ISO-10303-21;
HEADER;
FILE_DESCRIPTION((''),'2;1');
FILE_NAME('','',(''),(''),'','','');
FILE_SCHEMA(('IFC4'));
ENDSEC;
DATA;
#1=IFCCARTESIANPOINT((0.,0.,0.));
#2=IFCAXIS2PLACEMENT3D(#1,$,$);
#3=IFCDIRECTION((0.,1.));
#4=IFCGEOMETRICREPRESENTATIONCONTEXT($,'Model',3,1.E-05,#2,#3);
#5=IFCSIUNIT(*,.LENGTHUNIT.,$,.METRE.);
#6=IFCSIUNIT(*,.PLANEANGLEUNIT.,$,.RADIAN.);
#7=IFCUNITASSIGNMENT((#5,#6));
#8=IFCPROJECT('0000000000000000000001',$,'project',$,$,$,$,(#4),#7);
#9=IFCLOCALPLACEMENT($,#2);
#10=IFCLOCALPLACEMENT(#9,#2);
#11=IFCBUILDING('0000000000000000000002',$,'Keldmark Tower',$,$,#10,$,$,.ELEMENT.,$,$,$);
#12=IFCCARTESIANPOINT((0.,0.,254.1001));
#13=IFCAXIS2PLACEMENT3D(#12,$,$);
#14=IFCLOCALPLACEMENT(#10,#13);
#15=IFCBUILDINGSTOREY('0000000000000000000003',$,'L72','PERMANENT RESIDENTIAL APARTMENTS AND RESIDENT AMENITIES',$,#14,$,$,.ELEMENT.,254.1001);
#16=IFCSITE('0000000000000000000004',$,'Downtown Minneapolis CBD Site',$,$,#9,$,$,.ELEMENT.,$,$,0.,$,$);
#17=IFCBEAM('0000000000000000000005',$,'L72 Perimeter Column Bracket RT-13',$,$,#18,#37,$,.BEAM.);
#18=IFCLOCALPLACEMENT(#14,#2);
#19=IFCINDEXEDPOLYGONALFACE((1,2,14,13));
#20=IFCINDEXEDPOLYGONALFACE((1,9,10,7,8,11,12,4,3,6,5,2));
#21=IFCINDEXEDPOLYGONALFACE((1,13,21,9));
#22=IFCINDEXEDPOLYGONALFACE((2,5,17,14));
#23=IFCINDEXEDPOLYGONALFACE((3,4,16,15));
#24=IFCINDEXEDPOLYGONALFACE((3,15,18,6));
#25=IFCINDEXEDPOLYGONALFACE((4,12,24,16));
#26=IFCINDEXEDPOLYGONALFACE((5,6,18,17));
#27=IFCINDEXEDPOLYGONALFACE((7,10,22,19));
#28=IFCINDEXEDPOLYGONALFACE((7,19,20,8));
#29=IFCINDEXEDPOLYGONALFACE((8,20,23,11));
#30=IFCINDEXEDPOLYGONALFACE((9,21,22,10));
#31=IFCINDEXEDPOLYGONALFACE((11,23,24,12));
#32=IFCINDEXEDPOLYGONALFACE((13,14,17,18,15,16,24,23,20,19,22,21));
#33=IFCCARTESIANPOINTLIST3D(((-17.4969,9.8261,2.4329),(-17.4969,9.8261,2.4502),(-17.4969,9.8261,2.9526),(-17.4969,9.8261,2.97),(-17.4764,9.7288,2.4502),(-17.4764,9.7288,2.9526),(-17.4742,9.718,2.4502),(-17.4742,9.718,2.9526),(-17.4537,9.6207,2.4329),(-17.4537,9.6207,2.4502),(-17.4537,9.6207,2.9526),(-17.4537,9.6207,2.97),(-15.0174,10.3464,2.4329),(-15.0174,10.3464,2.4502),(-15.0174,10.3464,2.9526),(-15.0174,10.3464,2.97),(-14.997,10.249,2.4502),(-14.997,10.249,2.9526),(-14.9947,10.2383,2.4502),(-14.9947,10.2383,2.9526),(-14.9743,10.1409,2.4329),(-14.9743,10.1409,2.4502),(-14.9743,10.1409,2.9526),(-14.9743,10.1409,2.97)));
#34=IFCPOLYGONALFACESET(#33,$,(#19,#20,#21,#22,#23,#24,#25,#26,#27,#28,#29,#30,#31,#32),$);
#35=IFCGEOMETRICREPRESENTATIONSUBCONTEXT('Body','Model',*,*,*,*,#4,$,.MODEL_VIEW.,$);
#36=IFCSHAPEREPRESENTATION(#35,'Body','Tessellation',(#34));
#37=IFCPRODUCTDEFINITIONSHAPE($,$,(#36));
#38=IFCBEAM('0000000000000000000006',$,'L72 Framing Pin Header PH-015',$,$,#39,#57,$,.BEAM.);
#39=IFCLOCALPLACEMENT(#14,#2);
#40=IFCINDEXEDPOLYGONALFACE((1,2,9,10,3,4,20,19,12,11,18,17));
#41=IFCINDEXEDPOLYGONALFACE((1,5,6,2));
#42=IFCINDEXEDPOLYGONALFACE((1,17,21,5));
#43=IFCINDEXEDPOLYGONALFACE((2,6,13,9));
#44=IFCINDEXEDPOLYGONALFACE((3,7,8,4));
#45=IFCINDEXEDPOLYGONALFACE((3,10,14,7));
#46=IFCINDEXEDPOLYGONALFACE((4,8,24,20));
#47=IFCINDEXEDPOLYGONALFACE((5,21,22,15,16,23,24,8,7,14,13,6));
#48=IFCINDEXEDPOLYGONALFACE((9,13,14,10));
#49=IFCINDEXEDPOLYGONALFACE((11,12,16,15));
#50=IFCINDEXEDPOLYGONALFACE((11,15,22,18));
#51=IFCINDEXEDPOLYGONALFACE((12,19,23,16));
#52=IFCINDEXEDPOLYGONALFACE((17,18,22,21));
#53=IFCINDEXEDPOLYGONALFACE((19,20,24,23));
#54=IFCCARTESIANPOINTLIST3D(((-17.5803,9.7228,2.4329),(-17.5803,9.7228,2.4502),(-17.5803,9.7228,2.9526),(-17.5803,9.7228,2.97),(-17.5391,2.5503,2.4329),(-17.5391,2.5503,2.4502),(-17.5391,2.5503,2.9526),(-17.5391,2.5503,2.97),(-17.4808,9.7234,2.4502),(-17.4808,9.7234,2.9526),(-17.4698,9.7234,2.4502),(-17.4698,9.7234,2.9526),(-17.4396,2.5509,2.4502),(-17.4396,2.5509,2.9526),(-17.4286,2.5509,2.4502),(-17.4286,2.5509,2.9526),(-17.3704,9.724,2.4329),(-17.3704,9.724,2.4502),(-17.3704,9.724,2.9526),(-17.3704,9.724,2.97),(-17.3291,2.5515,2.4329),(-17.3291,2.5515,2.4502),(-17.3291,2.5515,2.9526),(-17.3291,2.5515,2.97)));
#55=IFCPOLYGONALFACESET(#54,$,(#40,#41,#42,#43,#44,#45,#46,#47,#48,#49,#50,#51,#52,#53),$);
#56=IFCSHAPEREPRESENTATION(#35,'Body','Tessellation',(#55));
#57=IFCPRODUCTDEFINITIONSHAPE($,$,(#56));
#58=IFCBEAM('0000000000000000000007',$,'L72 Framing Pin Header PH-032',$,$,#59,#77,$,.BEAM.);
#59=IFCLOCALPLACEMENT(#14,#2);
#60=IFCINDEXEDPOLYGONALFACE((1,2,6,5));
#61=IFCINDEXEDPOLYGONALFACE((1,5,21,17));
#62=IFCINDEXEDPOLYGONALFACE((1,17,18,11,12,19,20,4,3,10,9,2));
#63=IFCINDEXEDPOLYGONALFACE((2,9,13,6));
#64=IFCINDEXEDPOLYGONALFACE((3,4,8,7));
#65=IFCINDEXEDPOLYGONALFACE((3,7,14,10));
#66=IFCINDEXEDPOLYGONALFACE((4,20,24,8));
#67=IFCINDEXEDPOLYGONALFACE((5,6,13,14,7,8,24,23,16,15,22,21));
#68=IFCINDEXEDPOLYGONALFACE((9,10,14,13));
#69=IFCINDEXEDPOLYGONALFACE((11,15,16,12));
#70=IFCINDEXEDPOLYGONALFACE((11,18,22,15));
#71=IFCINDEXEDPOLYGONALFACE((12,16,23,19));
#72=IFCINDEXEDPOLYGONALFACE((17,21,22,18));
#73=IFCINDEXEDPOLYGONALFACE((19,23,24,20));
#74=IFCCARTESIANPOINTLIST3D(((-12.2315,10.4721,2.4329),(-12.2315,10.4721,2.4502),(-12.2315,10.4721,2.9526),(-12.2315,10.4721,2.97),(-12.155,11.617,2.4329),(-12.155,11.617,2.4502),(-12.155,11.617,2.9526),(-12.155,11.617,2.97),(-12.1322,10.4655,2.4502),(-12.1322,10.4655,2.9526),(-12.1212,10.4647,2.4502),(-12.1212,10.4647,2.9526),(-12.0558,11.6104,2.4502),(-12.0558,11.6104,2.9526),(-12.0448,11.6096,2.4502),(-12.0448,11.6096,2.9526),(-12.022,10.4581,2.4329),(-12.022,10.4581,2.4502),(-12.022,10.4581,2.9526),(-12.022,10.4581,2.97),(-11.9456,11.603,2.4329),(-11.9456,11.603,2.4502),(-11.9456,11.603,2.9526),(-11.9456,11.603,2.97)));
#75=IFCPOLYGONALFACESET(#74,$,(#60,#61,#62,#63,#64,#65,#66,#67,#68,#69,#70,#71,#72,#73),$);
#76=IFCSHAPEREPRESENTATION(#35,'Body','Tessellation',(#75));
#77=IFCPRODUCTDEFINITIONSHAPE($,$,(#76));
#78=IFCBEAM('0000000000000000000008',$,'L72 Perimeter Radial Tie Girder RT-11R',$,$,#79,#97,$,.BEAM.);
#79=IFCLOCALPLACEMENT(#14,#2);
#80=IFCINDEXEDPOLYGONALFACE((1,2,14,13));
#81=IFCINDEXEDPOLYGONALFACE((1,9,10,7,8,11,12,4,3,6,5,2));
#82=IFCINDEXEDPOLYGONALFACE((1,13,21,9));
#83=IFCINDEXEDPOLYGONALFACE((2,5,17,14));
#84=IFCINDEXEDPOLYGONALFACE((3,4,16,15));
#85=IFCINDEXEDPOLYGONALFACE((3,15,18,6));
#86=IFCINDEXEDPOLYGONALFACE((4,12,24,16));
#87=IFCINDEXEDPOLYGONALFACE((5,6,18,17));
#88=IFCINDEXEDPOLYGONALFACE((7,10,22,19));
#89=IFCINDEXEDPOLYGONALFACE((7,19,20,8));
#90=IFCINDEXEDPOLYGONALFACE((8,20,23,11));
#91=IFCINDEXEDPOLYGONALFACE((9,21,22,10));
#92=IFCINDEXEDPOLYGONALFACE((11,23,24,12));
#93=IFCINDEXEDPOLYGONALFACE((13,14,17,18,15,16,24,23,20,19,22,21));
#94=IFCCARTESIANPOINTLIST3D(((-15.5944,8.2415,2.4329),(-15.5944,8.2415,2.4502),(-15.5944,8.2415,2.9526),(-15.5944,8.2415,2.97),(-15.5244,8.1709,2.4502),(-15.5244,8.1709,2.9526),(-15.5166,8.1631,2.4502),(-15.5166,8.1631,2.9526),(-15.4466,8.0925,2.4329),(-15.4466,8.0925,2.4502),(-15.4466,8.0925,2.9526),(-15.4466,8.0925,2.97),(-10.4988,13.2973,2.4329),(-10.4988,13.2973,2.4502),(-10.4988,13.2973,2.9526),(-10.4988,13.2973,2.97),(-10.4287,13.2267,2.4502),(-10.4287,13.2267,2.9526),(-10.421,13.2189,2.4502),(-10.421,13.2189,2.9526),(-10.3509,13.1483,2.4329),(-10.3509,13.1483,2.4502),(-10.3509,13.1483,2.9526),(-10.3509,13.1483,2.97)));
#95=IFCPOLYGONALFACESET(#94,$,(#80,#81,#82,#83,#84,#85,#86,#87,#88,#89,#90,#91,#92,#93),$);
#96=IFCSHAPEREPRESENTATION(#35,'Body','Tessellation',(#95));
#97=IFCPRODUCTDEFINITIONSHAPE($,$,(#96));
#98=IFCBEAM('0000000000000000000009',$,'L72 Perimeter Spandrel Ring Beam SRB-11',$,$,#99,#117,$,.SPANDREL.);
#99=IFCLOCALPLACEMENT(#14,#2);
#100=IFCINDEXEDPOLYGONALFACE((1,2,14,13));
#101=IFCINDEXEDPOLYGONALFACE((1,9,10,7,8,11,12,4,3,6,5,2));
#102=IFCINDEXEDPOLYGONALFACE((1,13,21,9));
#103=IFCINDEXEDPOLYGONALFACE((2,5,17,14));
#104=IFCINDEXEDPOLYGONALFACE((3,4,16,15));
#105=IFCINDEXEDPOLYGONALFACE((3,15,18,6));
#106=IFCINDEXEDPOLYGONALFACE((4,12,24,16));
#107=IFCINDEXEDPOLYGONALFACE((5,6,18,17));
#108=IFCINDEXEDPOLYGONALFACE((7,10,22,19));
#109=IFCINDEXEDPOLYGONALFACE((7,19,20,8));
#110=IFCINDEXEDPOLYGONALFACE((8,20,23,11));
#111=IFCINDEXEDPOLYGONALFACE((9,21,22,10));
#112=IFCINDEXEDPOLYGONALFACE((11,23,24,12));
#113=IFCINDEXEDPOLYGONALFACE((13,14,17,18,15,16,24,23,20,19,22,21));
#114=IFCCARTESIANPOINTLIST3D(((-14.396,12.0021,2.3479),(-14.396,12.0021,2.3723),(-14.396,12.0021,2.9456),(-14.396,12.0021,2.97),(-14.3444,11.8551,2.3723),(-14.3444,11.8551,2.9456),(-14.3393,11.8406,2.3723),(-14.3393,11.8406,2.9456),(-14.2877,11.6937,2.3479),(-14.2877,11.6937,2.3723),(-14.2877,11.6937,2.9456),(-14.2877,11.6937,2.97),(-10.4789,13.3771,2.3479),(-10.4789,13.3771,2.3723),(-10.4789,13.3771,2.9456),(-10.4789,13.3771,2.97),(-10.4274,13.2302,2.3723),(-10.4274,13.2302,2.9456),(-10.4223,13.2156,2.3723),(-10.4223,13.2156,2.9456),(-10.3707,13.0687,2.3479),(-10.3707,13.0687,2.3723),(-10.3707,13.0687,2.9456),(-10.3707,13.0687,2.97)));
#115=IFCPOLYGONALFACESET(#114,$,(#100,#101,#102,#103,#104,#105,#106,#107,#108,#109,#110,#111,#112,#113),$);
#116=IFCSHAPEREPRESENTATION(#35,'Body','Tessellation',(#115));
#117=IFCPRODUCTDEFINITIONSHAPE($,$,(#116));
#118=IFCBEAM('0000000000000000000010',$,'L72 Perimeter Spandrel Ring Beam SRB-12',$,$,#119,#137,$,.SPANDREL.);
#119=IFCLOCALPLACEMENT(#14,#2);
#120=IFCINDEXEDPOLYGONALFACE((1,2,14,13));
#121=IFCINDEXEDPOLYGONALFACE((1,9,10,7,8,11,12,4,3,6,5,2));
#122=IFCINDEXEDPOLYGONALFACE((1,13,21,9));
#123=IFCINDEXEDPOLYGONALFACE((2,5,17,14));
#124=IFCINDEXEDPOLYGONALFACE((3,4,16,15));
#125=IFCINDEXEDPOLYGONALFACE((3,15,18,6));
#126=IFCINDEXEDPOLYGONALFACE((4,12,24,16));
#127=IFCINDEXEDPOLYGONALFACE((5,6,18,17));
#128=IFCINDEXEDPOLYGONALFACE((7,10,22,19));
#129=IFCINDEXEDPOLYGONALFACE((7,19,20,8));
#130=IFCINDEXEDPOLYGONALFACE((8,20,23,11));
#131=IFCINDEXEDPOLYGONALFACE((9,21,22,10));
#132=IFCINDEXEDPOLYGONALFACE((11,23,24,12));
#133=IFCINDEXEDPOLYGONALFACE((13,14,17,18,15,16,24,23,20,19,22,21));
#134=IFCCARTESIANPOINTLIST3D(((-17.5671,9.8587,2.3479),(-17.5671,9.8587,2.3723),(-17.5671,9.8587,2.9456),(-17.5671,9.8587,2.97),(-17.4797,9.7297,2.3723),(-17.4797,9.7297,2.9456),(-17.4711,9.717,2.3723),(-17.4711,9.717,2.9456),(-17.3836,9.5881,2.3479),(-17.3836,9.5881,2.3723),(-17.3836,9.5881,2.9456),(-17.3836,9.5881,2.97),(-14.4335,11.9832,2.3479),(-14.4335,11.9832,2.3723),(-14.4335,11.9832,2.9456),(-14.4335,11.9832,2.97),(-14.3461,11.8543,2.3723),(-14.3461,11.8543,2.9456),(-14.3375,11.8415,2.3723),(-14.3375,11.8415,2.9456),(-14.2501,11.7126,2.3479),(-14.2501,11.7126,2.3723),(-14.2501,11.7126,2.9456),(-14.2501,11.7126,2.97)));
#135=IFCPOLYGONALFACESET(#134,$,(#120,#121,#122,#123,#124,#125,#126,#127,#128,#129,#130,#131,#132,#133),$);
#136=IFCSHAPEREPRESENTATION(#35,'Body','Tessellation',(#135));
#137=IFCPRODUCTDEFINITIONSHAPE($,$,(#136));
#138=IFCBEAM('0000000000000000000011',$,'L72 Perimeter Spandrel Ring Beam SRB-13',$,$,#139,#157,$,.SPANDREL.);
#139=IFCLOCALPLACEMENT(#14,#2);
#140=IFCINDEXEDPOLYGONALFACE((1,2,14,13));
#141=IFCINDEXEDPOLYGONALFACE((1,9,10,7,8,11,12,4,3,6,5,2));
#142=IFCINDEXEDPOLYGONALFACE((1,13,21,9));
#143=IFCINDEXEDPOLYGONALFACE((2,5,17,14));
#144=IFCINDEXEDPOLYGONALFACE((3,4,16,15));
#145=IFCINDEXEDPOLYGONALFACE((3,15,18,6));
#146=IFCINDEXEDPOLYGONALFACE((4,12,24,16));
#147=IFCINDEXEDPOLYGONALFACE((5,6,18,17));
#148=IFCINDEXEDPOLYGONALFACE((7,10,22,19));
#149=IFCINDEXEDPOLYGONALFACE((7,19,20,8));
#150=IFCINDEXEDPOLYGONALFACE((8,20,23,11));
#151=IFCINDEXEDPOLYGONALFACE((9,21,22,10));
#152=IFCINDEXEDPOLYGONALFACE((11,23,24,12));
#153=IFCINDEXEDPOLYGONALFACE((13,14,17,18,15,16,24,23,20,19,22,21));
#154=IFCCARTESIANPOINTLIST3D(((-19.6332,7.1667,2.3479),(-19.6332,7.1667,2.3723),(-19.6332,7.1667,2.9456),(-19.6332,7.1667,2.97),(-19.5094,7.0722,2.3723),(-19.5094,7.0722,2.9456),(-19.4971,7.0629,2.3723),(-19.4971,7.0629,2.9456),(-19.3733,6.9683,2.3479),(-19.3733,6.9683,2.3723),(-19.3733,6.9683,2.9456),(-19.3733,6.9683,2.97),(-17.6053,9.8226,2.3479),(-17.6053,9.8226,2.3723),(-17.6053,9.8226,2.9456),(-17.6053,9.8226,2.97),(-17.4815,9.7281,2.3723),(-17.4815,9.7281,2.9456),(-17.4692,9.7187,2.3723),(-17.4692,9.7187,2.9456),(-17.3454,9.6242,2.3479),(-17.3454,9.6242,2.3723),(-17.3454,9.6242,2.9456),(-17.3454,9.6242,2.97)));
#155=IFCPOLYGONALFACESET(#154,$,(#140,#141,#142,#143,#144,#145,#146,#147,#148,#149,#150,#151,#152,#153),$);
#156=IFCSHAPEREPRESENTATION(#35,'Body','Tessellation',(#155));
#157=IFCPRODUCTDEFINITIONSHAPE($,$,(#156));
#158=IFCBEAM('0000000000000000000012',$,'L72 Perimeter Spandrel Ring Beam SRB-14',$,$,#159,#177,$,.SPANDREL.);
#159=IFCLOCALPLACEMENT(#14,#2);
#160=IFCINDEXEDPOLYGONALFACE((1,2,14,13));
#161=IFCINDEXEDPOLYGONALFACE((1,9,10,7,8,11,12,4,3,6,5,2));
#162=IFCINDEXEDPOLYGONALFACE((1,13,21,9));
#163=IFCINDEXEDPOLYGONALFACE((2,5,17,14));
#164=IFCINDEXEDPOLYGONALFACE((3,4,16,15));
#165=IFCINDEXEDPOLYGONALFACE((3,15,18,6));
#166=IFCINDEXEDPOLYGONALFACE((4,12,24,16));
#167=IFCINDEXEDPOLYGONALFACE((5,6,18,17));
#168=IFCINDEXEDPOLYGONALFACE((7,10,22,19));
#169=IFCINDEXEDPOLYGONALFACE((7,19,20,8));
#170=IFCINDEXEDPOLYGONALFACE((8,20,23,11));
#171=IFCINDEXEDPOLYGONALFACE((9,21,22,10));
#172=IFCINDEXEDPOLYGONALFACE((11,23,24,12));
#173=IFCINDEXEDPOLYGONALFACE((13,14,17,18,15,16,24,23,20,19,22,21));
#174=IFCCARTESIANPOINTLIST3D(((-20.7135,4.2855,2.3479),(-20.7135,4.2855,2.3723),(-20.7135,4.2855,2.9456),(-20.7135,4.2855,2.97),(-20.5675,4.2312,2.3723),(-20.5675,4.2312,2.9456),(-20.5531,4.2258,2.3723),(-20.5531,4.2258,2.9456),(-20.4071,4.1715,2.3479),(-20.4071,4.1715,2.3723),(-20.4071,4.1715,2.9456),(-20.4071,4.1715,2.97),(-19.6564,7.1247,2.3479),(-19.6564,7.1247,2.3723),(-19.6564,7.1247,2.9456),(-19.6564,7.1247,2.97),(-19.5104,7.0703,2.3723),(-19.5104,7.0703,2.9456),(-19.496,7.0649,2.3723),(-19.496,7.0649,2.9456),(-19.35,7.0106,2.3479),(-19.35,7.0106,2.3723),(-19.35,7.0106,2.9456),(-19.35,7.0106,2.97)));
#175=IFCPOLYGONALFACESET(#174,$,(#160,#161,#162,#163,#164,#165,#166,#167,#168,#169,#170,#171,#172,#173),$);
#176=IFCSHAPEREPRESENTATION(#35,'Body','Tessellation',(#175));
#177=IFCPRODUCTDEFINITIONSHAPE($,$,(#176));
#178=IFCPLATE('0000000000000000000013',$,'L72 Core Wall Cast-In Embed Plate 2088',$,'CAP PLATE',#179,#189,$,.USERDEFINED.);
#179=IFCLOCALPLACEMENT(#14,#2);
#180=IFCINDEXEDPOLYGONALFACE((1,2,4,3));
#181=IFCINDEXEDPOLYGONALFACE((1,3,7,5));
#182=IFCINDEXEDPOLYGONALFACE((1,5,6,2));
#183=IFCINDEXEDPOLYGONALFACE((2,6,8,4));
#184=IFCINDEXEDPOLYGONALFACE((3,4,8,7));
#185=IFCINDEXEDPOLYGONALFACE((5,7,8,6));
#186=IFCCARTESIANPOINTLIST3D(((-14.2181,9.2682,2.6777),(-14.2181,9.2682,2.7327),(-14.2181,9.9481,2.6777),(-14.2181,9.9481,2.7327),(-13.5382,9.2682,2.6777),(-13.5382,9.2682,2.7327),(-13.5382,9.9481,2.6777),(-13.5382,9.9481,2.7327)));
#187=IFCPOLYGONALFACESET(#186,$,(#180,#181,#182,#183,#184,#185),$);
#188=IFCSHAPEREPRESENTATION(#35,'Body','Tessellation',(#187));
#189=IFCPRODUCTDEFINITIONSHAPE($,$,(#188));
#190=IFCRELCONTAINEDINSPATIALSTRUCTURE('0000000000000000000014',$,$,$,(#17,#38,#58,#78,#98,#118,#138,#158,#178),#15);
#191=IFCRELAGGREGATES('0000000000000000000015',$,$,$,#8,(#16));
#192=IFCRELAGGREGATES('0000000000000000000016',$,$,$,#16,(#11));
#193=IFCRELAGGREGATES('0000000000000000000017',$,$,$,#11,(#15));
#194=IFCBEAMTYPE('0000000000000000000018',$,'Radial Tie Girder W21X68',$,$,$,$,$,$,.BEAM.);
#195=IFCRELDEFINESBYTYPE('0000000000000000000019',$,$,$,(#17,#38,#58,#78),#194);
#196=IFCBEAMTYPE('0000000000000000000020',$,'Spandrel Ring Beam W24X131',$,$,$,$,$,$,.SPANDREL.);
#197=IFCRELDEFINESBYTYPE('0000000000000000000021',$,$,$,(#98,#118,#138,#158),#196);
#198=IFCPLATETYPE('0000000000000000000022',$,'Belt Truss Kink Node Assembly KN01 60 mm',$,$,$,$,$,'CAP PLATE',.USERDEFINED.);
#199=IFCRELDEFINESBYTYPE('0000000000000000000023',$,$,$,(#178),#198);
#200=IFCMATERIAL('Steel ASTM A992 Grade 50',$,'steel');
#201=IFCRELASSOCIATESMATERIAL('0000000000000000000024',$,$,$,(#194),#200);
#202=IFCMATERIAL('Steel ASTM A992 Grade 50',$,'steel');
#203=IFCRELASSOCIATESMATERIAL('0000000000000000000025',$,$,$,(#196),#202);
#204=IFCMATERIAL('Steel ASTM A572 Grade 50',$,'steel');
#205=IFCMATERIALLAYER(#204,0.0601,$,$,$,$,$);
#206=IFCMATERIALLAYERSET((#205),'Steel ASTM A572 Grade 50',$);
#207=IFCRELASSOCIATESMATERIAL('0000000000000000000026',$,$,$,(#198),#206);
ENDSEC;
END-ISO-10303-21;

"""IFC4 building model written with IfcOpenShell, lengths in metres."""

from ifc_helpers import new_model, si_unit, direction, frame, origin, origin_2d, place, context, subcontext, project, spatial, rectangle, i_section, extrude, material, layer, layer_set, material_profile, profile_set, type_object, element, save


model = new_model("IFC4")

# Units and contexts
model_context = context("Model", 3, precision=1e-05, world=origin(), true_north=direction((0.0, 1.0)))
body_context = subcontext(model_context, "Body", "Model", "MODEL_VIEW")
ifc_project = project(units=[si_unit("LENGTHUNIT", "METRE"), si_unit("PLANEANGLEUNIT", "RADIAN")], contexts=[model_context])

# Site, building, storey
site_placement = place(None, origin())
site = spatial("IfcSite", under=ifc_project, at=site_placement, Name="Downtown Minneapolis CBD Site", CompositionType="ELEMENT", RefElevation=0.0)
building_placement = place(site_placement, origin())
building = spatial("IfcBuilding", under=site, at=building_placement, Name="Keldmark Tower", CompositionType="ELEMENT")
storey_placement = place(building_placement, frame((0.0, 0.0, 254.1001)))
storey = spatial("IfcBuildingStorey", under=building, at=storey_placement, Name="L72", Description="PERMANENT RESIDENTIAL APARTMENTS AND RESIDENT AMENITIES", CompositionType="ELEMENT", Elevation=254.1001)

# Beams
ifc_material_1 = material(Name="Steel ASTM A992 Grade 50", Category="steel")
ifc_material_profile_1 = material_profile(ifc_material_1, i_section(OverallWidth=0.21, OverallDepth=0.5371, WebThickness=0.011, FlangeThickness=0.0173, at=origin_2d()), Name="W21X68")
ifc_profile_set_1 = profile_set([ifc_material_profile_1], Name="Steel ASTM A992 Grade 50")
beam_type_1 = type_object("IfcBeamType", Name="Radial Tie Girder W21X68", PredefinedType="BEAM", material=ifc_profile_set_1)
beam_1_placement = place(storey_placement, frame((-14.9958, 10.2437, 2.7014), z_axis=(-0.978688, -0.205355, 0.0), x_axis=(0.205355, -0.978688, 0.0)))
element("IfcBeam", 1, at=beam_1_placement, inside=storey, type_object=beam_type_1, Name="L72 Perimeter Column Bracket RT-13", PredefinedType="BEAM", context=body_context, shape_type="SweptSolid", body=[
    extrude(i_section(OverallWidth=0.21, OverallDepth=0.5371, WebThickness=0.011, FlangeThickness=0.0173, at=origin_2d()), origin(), (0.0, 0.0, 1.0), 2.5334),
])
beam_2_placement = place(storey_placement, frame((-17.4753, 9.7234, 2.7014), z_axis=(0.005752, -0.999983, 0.0), x_axis=(0.999983, 0.005752, 0.0)))
element("IfcBeam", 2, at=beam_2_placement, inside=storey, type_object=beam_type_1, Name="L72 Framing Pin Header PH-015", PredefinedType="BEAM", context=body_context, shape_type="SweptSolid", body=[
    extrude(i_section(OverallWidth=0.21, OverallDepth=0.5371, WebThickness=0.011, FlangeThickness=0.0173, at=origin_2d()), origin(), (0.0, 0.0, 1.0), 7.1726),
])
beam_3_placement = place(storey_placement, frame((-12.1267, 10.4651, 2.7014), z_axis=(0.06659, 0.99778, 0.0), x_axis=(-0.99778, 0.06659, 0.0)))
element("IfcBeam", 3, at=beam_3_placement, inside=storey, type_object=beam_type_1, Name="L72 Framing Pin Header PH-032", PredefinedType="BEAM", context=body_context, shape_type="SweptSolid", body=[
    extrude(i_section(OverallWidth=0.21, OverallDepth=0.5371, WebThickness=0.011, FlangeThickness=0.0173, at=origin_2d()), origin(), (0.0, 0.0, 1.0), 1.1475),
])
beam_4_placement = place(storey_placement, frame((-15.5205, 8.167, 2.7014), z_axis=(0.709873, 0.704329, 0.0), x_axis=(-0.704329, 0.709873, 0.0)))
element("IfcBeam", 4, at=beam_4_placement, inside=storey, type_object=beam_type_1, Name="L72 Perimeter Radial Tie Girder RT-11R", PredefinedType="BEAM", context=body_context, shape_type="SweptSolid", body=[
    extrude(i_section(OverallWidth=0.21, OverallDepth=0.5371, WebThickness=0.011, FlangeThickness=0.0173, at=origin_2d()), origin(), (0.0, 0.0, 1.0), 7.1782),
])
ifc_material_2 = material(Name="Steel ASTM A992 Grade 50", Category="steel")
ifc_material_profile_2 = material_profile(ifc_material_2, i_section(OverallWidth=0.3269, OverallDepth=0.6221, WebThickness=0.0154, FlangeThickness=0.0244, at=origin_2d()), Name="W24X131")
ifc_profile_set_2 = profile_set([ifc_material_profile_2], Name="Steel ASTM A992 Grade 50")
beam_type_2 = type_object("IfcBeamType", Name="Spandrel Ring Beam W24X131", PredefinedType="SPANDREL", material=ifc_profile_set_2)
beam_5_placement = place(storey_placement, frame((-10.4248, 13.2229, 2.6589), z_axis=(-0.943554, -0.33122, 0.0), x_axis=(0.33122, -0.943554, 0.0)))
element("IfcBeam", 5, at=beam_5_placement, inside=storey, type_object=beam_type_2, Name="L72 Perimeter Spandrel Ring Beam SRB-11", PredefinedType="SPANDREL", context=body_context, shape_type="SweptSolid", body=[
    extrude(i_section(OverallWidth=0.3269, OverallDepth=0.6221, WebThickness=0.0154, FlangeThickness=0.0244, at=origin_2d()), origin(), (0.0, 0.0, 1.0), 4.1514),
])
beam_6_placement = place(storey_placement, frame((-14.3418, 11.8479, 2.6589), z_axis=(-0.827699, -0.561172, 0.0), x_axis=(0.561172, -0.827699, 0.0)))
element("IfcBeam", 6, at=beam_6_placement, inside=storey, type_object=beam_type_2, Name="L72 Perimeter Spandrel Ring Beam SRB-12", PredefinedType="SPANDREL", context=body_context, shape_type="SweptSolid", body=[
    extrude(i_section(OverallWidth=0.3269, OverallDepth=0.6221, WebThickness=0.0154, FlangeThickness=0.0244, at=origin_2d()), origin(), (0.0, 0.0, 1.0), 3.7859),
])
beam_7_placement = place(storey_placement, frame((-17.4753, 9.7234, 2.6589), z_axis=(-0.606875, -0.794797, 0.0), x_axis=(0.794797, -0.606875, 0.0)))
element("IfcBeam", 7, at=beam_7_placement, inside=storey, type_object=beam_type_2, Name="L72 Perimeter Spandrel Ring Beam SRB-13", PredefinedType="SPANDREL", context=body_context, shape_type="SweptSolid", body=[
    extrude(i_section(OverallWidth=0.3269, OverallDepth=0.6221, WebThickness=0.0154, FlangeThickness=0.0244, at=origin_2d()), origin(), (0.0, 0.0, 1.0), 3.3416),
])
beam_8_placement = place(storey_placement, frame((-19.5032, 7.0676, 2.6589), z_axis=(-0.348941, -0.937145, 0.0), x_axis=(0.937145, -0.348941, 0.0)))
element("IfcBeam", 8, at=beam_8_placement, inside=storey, type_object=beam_type_2, Name="L72 Perimeter Spandrel Ring Beam SRB-14", PredefinedType="SPANDREL", context=body_context, shape_type="SweptSolid", body=[
    extrude(i_section(OverallWidth=0.3269, OverallDepth=0.6221, WebThickness=0.0154, FlangeThickness=0.0244, at=origin_2d()), origin(), (0.0, 0.0, 1.0), 3.0295),
])

# Plate
ifc_material_3 = material(Name="Steel ASTM A572 Grade 50", Category="steel")
ifc_layer_1 = layer(ifc_material_3, 0.0601)
ifc_layer_set_1 = layer_set([ifc_layer_1], Name="Steel ASTM A572 Grade 50")
plate_type_1 = type_object("IfcPlateType", Name="Belt Truss Kink Node Assembly KN01 60 mm", ElementType="CAP PLATE", PredefinedType="USERDEFINED", material=ifc_layer_set_1)
plate_placement = place(storey_placement, frame((-13.8782, 9.6082, 2.6777), z_axis=(0.0, 0.0, 1.0), x_axis=(1.0, 0.0, 0.0)))
element("IfcPlate", 9, at=plate_placement, inside=storey, type_object=plate_type_1, Name="L72 Core Wall Cast-In Embed Plate 2088", ObjectType="CAP PLATE", PredefinedType="USERDEFINED", context=body_context, shape_type="SweptSolid", body=[
    extrude(rectangle(XDim=0.6799, YDim=0.6799, at=origin_2d()), origin(), (0.0, 0.0, 1.0), 0.0549),
])

save(model, "model.ifc")
